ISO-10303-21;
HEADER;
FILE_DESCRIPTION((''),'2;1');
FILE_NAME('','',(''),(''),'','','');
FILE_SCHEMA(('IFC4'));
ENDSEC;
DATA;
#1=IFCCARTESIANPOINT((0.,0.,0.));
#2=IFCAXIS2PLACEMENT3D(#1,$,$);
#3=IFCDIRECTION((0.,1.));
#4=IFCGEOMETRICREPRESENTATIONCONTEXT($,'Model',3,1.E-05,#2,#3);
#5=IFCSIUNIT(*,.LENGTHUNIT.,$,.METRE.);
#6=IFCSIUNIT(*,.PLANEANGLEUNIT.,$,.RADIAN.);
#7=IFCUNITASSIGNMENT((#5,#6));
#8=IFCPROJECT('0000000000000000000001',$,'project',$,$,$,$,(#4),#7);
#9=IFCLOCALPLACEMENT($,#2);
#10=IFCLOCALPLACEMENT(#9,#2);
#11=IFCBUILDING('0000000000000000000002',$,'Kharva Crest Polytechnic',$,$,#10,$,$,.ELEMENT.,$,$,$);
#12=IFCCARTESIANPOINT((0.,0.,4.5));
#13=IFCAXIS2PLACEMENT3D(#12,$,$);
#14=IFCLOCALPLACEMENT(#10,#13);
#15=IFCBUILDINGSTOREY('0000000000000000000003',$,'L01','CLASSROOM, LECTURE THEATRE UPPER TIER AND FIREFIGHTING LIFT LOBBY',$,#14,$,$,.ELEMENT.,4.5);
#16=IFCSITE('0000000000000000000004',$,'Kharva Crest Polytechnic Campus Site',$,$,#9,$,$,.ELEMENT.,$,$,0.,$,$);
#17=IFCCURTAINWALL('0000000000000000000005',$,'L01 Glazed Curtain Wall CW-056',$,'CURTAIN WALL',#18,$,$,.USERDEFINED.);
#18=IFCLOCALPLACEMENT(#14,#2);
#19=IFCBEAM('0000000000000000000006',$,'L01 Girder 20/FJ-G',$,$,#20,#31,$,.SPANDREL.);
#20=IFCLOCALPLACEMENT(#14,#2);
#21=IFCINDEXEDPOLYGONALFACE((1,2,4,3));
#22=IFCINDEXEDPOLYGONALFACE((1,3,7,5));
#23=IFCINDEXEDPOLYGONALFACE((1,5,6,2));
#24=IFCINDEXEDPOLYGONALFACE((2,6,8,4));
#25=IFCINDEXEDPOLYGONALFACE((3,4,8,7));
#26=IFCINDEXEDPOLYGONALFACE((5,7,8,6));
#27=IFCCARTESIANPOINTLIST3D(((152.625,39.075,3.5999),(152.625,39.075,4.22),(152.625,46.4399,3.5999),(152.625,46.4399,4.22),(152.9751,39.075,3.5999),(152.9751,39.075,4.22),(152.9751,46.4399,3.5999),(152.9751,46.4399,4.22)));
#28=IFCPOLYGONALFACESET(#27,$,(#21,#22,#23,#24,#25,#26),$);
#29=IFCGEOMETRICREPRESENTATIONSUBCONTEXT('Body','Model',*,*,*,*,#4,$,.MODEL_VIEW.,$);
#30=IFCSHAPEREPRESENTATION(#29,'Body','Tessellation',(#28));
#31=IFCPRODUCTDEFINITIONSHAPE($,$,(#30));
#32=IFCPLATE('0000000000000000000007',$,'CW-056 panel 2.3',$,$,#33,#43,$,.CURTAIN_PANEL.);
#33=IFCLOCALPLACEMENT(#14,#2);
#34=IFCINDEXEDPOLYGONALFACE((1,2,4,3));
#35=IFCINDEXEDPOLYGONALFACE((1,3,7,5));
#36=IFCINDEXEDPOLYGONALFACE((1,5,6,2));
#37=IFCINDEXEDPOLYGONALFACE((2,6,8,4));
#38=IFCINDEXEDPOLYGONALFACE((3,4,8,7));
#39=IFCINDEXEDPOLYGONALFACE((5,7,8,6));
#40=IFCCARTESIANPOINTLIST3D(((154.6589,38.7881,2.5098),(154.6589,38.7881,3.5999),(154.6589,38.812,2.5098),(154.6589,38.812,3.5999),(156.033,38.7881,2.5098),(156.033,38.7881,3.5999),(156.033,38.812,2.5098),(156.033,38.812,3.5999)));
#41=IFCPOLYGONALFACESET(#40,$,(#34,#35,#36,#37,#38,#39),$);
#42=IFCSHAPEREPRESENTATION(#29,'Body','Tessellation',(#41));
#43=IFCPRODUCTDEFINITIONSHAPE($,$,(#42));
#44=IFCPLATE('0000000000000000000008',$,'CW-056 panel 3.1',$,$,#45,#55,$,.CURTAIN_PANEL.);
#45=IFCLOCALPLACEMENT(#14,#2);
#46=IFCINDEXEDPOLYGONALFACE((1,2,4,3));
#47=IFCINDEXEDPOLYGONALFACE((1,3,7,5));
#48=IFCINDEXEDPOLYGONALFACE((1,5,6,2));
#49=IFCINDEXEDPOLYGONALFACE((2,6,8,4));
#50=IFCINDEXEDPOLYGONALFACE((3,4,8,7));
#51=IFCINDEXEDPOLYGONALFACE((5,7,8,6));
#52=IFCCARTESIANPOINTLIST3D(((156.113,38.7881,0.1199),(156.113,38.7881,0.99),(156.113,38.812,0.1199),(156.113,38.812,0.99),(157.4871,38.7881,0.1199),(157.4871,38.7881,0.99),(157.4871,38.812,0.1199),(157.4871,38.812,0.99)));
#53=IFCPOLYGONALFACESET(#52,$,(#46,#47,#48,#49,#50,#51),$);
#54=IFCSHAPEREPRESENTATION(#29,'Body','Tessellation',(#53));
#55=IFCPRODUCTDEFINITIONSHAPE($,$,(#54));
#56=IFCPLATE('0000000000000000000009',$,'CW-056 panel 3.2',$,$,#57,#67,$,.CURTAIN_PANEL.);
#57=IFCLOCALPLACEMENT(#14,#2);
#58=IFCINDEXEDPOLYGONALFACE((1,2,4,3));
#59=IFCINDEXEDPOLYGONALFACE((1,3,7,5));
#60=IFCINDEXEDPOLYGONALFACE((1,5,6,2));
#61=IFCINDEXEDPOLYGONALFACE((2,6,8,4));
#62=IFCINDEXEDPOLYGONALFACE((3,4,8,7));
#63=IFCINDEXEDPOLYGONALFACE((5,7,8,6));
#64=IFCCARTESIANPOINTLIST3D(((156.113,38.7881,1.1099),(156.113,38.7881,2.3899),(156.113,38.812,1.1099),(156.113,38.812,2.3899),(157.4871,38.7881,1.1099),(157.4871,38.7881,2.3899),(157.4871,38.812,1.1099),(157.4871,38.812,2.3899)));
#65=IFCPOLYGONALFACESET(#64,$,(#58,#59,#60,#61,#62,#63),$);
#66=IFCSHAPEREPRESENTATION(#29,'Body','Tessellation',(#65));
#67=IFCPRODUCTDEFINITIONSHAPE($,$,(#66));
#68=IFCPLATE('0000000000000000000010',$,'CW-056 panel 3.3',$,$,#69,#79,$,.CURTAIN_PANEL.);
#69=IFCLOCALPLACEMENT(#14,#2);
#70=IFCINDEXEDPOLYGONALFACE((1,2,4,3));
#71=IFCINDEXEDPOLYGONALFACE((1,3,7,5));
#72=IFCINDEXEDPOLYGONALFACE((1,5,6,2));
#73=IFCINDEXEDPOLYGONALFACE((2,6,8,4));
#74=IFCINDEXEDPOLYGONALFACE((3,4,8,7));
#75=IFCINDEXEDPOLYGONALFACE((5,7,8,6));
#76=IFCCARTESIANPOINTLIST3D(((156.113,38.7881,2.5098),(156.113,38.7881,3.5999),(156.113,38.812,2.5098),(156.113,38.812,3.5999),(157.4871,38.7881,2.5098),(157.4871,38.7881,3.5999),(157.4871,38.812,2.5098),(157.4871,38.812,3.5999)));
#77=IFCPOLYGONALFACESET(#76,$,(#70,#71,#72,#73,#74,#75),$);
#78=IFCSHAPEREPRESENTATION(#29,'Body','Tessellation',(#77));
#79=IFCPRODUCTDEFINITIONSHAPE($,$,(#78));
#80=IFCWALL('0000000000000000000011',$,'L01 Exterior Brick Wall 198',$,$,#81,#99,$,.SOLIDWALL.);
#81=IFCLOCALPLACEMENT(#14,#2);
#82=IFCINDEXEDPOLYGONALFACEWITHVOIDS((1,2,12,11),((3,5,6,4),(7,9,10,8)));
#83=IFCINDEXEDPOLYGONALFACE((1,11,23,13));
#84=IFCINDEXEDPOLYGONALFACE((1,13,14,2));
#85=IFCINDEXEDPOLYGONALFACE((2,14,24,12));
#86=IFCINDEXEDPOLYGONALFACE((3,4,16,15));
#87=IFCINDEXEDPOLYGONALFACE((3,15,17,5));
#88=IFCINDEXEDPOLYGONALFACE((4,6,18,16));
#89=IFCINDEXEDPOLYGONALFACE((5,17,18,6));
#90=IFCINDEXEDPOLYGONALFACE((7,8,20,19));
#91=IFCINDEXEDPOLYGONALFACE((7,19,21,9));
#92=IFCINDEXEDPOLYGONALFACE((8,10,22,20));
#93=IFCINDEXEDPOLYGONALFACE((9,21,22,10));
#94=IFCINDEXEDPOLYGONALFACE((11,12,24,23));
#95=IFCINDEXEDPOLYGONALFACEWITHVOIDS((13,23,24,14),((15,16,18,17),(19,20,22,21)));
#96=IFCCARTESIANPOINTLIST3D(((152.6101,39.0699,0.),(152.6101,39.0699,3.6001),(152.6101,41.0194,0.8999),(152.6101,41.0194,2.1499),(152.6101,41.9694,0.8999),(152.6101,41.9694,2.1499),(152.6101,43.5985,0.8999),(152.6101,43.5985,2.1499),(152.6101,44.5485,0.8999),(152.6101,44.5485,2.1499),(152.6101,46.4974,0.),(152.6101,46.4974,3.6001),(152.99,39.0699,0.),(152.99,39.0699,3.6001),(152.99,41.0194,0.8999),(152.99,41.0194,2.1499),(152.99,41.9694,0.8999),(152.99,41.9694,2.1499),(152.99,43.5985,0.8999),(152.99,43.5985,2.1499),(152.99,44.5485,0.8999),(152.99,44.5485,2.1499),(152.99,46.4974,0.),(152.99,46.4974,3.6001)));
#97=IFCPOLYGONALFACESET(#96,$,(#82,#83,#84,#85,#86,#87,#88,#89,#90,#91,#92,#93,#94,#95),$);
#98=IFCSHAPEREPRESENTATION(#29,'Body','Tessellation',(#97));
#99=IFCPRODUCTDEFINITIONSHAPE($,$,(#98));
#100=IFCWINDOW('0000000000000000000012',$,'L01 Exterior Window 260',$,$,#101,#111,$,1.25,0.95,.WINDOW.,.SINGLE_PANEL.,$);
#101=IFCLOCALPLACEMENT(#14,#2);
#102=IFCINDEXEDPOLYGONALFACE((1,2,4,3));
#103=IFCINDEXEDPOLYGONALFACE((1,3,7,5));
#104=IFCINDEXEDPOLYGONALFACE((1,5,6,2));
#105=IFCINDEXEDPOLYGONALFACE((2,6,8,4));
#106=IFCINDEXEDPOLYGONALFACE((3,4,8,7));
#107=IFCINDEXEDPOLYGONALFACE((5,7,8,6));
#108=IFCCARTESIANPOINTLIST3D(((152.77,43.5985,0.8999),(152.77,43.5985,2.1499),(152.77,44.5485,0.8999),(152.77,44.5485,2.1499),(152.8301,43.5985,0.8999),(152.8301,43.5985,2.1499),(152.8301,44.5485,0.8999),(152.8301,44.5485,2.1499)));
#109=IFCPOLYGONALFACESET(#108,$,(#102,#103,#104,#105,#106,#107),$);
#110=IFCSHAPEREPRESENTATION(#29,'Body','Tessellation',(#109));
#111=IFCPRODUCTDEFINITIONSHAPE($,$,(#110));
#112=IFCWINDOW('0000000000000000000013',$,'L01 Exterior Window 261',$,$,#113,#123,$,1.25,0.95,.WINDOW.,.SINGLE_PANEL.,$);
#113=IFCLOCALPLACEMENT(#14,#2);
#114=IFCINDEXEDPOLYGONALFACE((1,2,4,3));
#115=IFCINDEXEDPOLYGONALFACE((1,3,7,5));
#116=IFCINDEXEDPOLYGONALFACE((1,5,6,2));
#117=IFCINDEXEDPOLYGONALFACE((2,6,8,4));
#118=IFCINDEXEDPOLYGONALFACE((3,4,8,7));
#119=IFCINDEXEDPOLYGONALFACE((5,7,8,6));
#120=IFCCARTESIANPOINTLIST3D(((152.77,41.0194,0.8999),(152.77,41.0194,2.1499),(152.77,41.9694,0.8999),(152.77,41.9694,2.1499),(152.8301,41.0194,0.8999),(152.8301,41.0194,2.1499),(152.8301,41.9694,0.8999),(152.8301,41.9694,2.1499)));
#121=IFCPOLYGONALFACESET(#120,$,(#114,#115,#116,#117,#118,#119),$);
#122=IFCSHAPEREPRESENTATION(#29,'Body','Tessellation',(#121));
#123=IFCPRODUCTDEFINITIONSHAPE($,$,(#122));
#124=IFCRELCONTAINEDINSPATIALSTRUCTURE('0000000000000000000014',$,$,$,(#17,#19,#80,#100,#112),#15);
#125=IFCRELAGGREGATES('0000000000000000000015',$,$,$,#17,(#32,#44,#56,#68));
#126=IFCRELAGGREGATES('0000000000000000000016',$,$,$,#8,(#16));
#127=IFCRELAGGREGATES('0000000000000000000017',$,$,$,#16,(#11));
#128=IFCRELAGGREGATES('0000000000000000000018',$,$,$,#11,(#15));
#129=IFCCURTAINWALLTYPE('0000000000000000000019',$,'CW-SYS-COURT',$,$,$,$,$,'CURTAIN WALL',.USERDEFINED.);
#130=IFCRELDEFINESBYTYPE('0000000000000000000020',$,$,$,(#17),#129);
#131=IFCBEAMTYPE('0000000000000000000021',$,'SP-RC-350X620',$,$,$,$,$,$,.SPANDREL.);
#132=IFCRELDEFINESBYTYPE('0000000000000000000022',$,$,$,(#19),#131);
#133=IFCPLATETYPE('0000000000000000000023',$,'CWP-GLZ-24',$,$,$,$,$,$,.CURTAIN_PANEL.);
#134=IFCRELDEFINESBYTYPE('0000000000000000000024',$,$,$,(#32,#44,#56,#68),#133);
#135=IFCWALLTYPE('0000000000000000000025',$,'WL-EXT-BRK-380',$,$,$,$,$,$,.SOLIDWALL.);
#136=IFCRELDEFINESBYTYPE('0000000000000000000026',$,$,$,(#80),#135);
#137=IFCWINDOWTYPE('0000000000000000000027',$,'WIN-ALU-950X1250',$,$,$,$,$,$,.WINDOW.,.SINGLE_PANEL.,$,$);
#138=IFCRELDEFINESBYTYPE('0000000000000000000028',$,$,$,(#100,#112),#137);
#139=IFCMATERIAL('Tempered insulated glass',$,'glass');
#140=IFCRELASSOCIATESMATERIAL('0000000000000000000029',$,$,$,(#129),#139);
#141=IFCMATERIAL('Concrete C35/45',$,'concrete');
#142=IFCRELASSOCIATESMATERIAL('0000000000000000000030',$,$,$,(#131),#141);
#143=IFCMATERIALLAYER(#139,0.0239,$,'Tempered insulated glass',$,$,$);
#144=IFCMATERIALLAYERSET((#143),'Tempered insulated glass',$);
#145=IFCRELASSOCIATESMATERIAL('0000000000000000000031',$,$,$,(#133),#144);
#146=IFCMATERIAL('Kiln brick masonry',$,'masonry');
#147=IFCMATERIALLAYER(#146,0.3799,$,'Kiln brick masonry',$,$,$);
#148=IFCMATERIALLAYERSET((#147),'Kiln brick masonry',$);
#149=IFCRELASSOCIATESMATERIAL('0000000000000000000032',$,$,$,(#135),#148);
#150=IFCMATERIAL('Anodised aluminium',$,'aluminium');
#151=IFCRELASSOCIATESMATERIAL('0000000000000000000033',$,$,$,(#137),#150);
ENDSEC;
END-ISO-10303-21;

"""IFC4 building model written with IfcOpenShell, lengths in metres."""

from ifc_helpers import new_model, si_unit, direction, frame, frame_2d, origin, origin_2d, place, context, subcontext, project, spatial, rectangle, extrude, material, layer, layer_set, material_profile, profile_set, type_object, element, fill, aggregate, save


model = new_model("IFC4")

# Units and contexts
model_context = context("Model", 3, precision=1e-05, world=origin(), true_north=direction((0.0, 1.0)))
body_context = subcontext(model_context, "Body", "Model", "MODEL_VIEW")
ifc_project = project(units=[si_unit("LENGTHUNIT", "METRE"), si_unit("PLANEANGLEUNIT", "RADIAN")], contexts=[model_context])

# Site, building, storey
site_placement = place(None, origin())
site = spatial("IfcSite", under=ifc_project, at=site_placement, Name="Kharva Crest Polytechnic Campus Site", CompositionType="ELEMENT", RefElevation=0.0)
building_placement = place(site_placement, origin())
building = spatial("IfcBuilding", under=site, at=building_placement, Name="Kharva Crest Polytechnic", CompositionType="ELEMENT")
storey_placement = place(building_placement, frame((0.0, 0.0, 4.5)))
storey = spatial("IfcBuildingStorey", under=building, at=storey_placement, Name="L01", Description="CLASSROOM, LECTURE THEATRE UPPER TIER AND FIREFIGHTING LIFT LOBBY", CompositionType="ELEMENT", Elevation=4.5)

# Shared definitions
ifc_material_1 = material(Name="Concrete C35/45", Category="concrete")

# Curtain wall
ifc_material_2 = material(Name="Tempered insulated glass", Category="glass")
curtain_wall_type = type_object("IfcCurtainWallType", Name="CW-SYS-COURT", ElementType="CURTAIN WALL", PredefinedType="USERDEFINED", material=ifc_material_2)
curtain_wall_placement = place(storey_placement, origin())
curtain_wall = element("IfcCurtainWall", 1, at=curtain_wall_placement, inside=storey, type_object=curtain_wall_type, Name="L01 Glazed Curtain Wall CW-056", ObjectType="CURTAIN WALL", PredefinedType="USERDEFINED")

# Beam
ifc_material_profile_1 = material_profile(ifc_material_1, rectangle(XDim=0.3501, YDim=0.6201, at=origin_2d()), Name="RECT 350 X 620")
ifc_profile_set_1 = profile_set([ifc_material_profile_1], Name="Concrete C35/45")
beam_type_1 = type_object("IfcBeamType", Name="SP-RC-350X620", PredefinedType="SPANDREL", material=ifc_profile_set_1)
beam_1_placement = place(storey_placement, frame((152.8, 39.075, 3.9099), z_axis=(0.0, 1.0, 0.0), x_axis=(-1.0, 0.0, 0.0)))
element("IfcBeam", 2, at=beam_1_placement, inside=storey, type_object=beam_type_1, Name="L01 Girder 20/FJ-G", PredefinedType="SPANDREL", context=body_context, shape_type="SweptSolid", body=[
    extrude(rectangle(XDim=0.3501, YDim=0.6201, at=origin_2d()), origin(), (0.0, 0.0, 1.0), 7.365),
])

# Plates
ifc_layer_1 = layer(ifc_material_2, 0.0239, Name="Tempered insulated glass")
ifc_layer_set_1 = layer_set([ifc_layer_1], Name="Tempered insulated glass")
plate_type = type_object("IfcPlateType", Name="CWP-GLZ-24", PredefinedType="CURTAIN_PANEL", material=ifc_layer_set_1)
plate_1_placement = place(storey_placement, frame((155.3459, 38.8, 2.5098), z_axis=(0.0, 0.0, 1.0), x_axis=(1.0, 0.0, 0.0)))
plate_1 = element("IfcPlate", 3, at=plate_1_placement, type_object=plate_type, Name="CW-056 panel 2.3", PredefinedType="CURTAIN_PANEL", context=body_context, shape_type="SweptSolid", body=[
    extrude(rectangle(XDim=1.374, YDim=0.0239, at=origin_2d()), origin(), (0.0, 0.0, 1.0), 1.0901),
])
plate_2_placement = place(storey_placement, frame((156.8, 38.8, 0.1199), z_axis=(0.0, 0.0, 1.0), x_axis=(1.0, 0.0, 0.0)))
plate_2 = element("IfcPlate", 4, at=plate_2_placement, type_object=plate_type, Name="CW-056 panel 3.1", PredefinedType="CURTAIN_PANEL", context=body_context, shape_type="SweptSolid", body=[
    extrude(rectangle(XDim=1.374, YDim=0.0239, at=origin_2d()), origin(), (0.0, 0.0, 1.0), 0.8701),
])
plate_3_placement = place(storey_placement, frame((156.8, 38.8, 1.1099), z_axis=(0.0, 0.0, 1.0), x_axis=(1.0, 0.0, 0.0)))
plate_3 = element("IfcPlate", 5, at=plate_3_placement, type_object=plate_type, Name="CW-056 panel 3.2", PredefinedType="CURTAIN_PANEL", context=body_context, shape_type="SweptSolid", body=[
    extrude(rectangle(XDim=1.374, YDim=0.0239, at=origin_2d()), origin(), (0.0, 0.0, 1.0), 1.28),
])
plate_4_placement = place(storey_placement, frame((156.8, 38.8, 2.5098), z_axis=(0.0, 0.0, 1.0), x_axis=(1.0, 0.0, 0.0)))
plate_4 = element("IfcPlate", 6, at=plate_4_placement, type_object=plate_type, Name="CW-056 panel 3.3", PredefinedType="CURTAIN_PANEL", context=body_context, shape_type="SweptSolid", body=[
    extrude(rectangle(XDim=1.374, YDim=0.0239, at=origin_2d()), origin(), (0.0, 0.0, 1.0), 1.0901),
])
aggregate(curtain_wall, [plate_1, plate_2, plate_3, plate_4])

# Wall, openings, windows
ifc_material_3 = material(Name="Kiln brick masonry", Category="masonry")
ifc_layer_2 = layer(ifc_material_3, 0.3799, Name="Kiln brick masonry")
ifc_layer_set_2 = layer_set([ifc_layer_2], Name="Kiln brick masonry")
wall_type = type_object("IfcWallType", Name="WL-EXT-BRK-380", PredefinedType="SOLIDWALL", material=ifc_layer_set_2)
wall_placement = place(storey_placement, frame((152.8, 46.4976, 0.0), z_axis=(0.0, 0.0, 1.0), x_axis=(0.0, -1.0, 0.0)))
wall = element("IfcWall", 7, at=wall_placement, inside=storey, type_object=wall_type, Name="L01 Exterior Brick Wall 198", PredefinedType="SOLIDWALL", context=body_context, shape_type="SweptSolid", body=[
    extrude(rectangle(XDim=7.4275, YDim=0.3799, at=frame_2d((3.7139, 0.0))), origin(), (0.0, 0.0, 1.0), 3.6001),
])
opening_1_placement = place(wall_placement, frame((1.949, 0.0, 0.8999)))
opening_1 = element("IfcOpeningElement", 8, at=opening_1_placement, cuts=wall, PredefinedType="OPENING", context=body_context, shape_type="SweptSolid", body=[
    extrude(rectangle(XDim=0.95, YDim=1.25, at=frame_2d((0.4751, 0.625))), frame((0.0, 0.2, 0.0), z_axis=(0.0, -1.0, 0.0), x_axis=(1.0, 0.0, 0.0)), (0.0, 0.0, 1.0), 0.3999),
])
opening_2_placement = place(wall_placement, frame((4.5281, 0.0, 0.8999)))
opening_2 = element("IfcOpeningElement", 9, at=opening_2_placement, cuts=wall, PredefinedType="OPENING", context=body_context, shape_type="SweptSolid", body=[
    extrude(rectangle(XDim=0.95, YDim=1.25, at=frame_2d((0.4751, 0.625))), frame((0.0, 0.2, 0.0), z_axis=(0.0, -1.0, 0.0), x_axis=(1.0, 0.0, 0.0)), (0.0, 0.0, 1.0), 0.3999),
])
ifc_material_4 = material(Name="Anodised aluminium", Category="aluminium")
window_type = type_object("IfcWindowType", Name="WIN-ALU-950X1250", PartitioningType="SINGLE_PANEL", PredefinedType="WINDOW", material=ifc_material_4)
window_1_placement = place(opening_1_placement, origin())
window_1 = element("IfcWindow", 10, at=window_1_placement, inside=storey, type_object=window_type, Name="L01 Exterior Window 260", OverallHeight=1.25, OverallWidth=0.95, PartitioningType="SINGLE_PANEL", PredefinedType="WINDOW", context=body_context, shape_type="SweptSolid", body=[
    extrude(rectangle(XDim=0.95, YDim=1.25, at=frame_2d((0.4751, 0.625))), frame((0.0, 0.03, 0.0), z_axis=(0.0, -1.0, 0.0), x_axis=(1.0, 0.0, 0.0)), (0.0, 0.0, 1.0), 0.0601),
])
fill(opening_1, window_1)
window_2_placement = place(opening_2_placement, origin())
window_2 = element("IfcWindow", 11, at=window_2_placement, inside=storey, type_object=window_type, Name="L01 Exterior Window 261", OverallHeight=1.25, OverallWidth=0.95, PartitioningType="SINGLE_PANEL", PredefinedType="WINDOW", context=body_context, shape_type="SweptSolid", body=[
    extrude(rectangle(XDim=0.95, YDim=1.25, at=frame_2d((0.4751, 0.625))), frame((0.0, 0.03, 0.0), z_axis=(0.0, -1.0, 0.0), x_axis=(1.0, 0.0, 0.0)), (0.0, 0.0, 1.0), 0.0601),
])
fill(opening_2, window_2)

save(model, "model.ifc")
